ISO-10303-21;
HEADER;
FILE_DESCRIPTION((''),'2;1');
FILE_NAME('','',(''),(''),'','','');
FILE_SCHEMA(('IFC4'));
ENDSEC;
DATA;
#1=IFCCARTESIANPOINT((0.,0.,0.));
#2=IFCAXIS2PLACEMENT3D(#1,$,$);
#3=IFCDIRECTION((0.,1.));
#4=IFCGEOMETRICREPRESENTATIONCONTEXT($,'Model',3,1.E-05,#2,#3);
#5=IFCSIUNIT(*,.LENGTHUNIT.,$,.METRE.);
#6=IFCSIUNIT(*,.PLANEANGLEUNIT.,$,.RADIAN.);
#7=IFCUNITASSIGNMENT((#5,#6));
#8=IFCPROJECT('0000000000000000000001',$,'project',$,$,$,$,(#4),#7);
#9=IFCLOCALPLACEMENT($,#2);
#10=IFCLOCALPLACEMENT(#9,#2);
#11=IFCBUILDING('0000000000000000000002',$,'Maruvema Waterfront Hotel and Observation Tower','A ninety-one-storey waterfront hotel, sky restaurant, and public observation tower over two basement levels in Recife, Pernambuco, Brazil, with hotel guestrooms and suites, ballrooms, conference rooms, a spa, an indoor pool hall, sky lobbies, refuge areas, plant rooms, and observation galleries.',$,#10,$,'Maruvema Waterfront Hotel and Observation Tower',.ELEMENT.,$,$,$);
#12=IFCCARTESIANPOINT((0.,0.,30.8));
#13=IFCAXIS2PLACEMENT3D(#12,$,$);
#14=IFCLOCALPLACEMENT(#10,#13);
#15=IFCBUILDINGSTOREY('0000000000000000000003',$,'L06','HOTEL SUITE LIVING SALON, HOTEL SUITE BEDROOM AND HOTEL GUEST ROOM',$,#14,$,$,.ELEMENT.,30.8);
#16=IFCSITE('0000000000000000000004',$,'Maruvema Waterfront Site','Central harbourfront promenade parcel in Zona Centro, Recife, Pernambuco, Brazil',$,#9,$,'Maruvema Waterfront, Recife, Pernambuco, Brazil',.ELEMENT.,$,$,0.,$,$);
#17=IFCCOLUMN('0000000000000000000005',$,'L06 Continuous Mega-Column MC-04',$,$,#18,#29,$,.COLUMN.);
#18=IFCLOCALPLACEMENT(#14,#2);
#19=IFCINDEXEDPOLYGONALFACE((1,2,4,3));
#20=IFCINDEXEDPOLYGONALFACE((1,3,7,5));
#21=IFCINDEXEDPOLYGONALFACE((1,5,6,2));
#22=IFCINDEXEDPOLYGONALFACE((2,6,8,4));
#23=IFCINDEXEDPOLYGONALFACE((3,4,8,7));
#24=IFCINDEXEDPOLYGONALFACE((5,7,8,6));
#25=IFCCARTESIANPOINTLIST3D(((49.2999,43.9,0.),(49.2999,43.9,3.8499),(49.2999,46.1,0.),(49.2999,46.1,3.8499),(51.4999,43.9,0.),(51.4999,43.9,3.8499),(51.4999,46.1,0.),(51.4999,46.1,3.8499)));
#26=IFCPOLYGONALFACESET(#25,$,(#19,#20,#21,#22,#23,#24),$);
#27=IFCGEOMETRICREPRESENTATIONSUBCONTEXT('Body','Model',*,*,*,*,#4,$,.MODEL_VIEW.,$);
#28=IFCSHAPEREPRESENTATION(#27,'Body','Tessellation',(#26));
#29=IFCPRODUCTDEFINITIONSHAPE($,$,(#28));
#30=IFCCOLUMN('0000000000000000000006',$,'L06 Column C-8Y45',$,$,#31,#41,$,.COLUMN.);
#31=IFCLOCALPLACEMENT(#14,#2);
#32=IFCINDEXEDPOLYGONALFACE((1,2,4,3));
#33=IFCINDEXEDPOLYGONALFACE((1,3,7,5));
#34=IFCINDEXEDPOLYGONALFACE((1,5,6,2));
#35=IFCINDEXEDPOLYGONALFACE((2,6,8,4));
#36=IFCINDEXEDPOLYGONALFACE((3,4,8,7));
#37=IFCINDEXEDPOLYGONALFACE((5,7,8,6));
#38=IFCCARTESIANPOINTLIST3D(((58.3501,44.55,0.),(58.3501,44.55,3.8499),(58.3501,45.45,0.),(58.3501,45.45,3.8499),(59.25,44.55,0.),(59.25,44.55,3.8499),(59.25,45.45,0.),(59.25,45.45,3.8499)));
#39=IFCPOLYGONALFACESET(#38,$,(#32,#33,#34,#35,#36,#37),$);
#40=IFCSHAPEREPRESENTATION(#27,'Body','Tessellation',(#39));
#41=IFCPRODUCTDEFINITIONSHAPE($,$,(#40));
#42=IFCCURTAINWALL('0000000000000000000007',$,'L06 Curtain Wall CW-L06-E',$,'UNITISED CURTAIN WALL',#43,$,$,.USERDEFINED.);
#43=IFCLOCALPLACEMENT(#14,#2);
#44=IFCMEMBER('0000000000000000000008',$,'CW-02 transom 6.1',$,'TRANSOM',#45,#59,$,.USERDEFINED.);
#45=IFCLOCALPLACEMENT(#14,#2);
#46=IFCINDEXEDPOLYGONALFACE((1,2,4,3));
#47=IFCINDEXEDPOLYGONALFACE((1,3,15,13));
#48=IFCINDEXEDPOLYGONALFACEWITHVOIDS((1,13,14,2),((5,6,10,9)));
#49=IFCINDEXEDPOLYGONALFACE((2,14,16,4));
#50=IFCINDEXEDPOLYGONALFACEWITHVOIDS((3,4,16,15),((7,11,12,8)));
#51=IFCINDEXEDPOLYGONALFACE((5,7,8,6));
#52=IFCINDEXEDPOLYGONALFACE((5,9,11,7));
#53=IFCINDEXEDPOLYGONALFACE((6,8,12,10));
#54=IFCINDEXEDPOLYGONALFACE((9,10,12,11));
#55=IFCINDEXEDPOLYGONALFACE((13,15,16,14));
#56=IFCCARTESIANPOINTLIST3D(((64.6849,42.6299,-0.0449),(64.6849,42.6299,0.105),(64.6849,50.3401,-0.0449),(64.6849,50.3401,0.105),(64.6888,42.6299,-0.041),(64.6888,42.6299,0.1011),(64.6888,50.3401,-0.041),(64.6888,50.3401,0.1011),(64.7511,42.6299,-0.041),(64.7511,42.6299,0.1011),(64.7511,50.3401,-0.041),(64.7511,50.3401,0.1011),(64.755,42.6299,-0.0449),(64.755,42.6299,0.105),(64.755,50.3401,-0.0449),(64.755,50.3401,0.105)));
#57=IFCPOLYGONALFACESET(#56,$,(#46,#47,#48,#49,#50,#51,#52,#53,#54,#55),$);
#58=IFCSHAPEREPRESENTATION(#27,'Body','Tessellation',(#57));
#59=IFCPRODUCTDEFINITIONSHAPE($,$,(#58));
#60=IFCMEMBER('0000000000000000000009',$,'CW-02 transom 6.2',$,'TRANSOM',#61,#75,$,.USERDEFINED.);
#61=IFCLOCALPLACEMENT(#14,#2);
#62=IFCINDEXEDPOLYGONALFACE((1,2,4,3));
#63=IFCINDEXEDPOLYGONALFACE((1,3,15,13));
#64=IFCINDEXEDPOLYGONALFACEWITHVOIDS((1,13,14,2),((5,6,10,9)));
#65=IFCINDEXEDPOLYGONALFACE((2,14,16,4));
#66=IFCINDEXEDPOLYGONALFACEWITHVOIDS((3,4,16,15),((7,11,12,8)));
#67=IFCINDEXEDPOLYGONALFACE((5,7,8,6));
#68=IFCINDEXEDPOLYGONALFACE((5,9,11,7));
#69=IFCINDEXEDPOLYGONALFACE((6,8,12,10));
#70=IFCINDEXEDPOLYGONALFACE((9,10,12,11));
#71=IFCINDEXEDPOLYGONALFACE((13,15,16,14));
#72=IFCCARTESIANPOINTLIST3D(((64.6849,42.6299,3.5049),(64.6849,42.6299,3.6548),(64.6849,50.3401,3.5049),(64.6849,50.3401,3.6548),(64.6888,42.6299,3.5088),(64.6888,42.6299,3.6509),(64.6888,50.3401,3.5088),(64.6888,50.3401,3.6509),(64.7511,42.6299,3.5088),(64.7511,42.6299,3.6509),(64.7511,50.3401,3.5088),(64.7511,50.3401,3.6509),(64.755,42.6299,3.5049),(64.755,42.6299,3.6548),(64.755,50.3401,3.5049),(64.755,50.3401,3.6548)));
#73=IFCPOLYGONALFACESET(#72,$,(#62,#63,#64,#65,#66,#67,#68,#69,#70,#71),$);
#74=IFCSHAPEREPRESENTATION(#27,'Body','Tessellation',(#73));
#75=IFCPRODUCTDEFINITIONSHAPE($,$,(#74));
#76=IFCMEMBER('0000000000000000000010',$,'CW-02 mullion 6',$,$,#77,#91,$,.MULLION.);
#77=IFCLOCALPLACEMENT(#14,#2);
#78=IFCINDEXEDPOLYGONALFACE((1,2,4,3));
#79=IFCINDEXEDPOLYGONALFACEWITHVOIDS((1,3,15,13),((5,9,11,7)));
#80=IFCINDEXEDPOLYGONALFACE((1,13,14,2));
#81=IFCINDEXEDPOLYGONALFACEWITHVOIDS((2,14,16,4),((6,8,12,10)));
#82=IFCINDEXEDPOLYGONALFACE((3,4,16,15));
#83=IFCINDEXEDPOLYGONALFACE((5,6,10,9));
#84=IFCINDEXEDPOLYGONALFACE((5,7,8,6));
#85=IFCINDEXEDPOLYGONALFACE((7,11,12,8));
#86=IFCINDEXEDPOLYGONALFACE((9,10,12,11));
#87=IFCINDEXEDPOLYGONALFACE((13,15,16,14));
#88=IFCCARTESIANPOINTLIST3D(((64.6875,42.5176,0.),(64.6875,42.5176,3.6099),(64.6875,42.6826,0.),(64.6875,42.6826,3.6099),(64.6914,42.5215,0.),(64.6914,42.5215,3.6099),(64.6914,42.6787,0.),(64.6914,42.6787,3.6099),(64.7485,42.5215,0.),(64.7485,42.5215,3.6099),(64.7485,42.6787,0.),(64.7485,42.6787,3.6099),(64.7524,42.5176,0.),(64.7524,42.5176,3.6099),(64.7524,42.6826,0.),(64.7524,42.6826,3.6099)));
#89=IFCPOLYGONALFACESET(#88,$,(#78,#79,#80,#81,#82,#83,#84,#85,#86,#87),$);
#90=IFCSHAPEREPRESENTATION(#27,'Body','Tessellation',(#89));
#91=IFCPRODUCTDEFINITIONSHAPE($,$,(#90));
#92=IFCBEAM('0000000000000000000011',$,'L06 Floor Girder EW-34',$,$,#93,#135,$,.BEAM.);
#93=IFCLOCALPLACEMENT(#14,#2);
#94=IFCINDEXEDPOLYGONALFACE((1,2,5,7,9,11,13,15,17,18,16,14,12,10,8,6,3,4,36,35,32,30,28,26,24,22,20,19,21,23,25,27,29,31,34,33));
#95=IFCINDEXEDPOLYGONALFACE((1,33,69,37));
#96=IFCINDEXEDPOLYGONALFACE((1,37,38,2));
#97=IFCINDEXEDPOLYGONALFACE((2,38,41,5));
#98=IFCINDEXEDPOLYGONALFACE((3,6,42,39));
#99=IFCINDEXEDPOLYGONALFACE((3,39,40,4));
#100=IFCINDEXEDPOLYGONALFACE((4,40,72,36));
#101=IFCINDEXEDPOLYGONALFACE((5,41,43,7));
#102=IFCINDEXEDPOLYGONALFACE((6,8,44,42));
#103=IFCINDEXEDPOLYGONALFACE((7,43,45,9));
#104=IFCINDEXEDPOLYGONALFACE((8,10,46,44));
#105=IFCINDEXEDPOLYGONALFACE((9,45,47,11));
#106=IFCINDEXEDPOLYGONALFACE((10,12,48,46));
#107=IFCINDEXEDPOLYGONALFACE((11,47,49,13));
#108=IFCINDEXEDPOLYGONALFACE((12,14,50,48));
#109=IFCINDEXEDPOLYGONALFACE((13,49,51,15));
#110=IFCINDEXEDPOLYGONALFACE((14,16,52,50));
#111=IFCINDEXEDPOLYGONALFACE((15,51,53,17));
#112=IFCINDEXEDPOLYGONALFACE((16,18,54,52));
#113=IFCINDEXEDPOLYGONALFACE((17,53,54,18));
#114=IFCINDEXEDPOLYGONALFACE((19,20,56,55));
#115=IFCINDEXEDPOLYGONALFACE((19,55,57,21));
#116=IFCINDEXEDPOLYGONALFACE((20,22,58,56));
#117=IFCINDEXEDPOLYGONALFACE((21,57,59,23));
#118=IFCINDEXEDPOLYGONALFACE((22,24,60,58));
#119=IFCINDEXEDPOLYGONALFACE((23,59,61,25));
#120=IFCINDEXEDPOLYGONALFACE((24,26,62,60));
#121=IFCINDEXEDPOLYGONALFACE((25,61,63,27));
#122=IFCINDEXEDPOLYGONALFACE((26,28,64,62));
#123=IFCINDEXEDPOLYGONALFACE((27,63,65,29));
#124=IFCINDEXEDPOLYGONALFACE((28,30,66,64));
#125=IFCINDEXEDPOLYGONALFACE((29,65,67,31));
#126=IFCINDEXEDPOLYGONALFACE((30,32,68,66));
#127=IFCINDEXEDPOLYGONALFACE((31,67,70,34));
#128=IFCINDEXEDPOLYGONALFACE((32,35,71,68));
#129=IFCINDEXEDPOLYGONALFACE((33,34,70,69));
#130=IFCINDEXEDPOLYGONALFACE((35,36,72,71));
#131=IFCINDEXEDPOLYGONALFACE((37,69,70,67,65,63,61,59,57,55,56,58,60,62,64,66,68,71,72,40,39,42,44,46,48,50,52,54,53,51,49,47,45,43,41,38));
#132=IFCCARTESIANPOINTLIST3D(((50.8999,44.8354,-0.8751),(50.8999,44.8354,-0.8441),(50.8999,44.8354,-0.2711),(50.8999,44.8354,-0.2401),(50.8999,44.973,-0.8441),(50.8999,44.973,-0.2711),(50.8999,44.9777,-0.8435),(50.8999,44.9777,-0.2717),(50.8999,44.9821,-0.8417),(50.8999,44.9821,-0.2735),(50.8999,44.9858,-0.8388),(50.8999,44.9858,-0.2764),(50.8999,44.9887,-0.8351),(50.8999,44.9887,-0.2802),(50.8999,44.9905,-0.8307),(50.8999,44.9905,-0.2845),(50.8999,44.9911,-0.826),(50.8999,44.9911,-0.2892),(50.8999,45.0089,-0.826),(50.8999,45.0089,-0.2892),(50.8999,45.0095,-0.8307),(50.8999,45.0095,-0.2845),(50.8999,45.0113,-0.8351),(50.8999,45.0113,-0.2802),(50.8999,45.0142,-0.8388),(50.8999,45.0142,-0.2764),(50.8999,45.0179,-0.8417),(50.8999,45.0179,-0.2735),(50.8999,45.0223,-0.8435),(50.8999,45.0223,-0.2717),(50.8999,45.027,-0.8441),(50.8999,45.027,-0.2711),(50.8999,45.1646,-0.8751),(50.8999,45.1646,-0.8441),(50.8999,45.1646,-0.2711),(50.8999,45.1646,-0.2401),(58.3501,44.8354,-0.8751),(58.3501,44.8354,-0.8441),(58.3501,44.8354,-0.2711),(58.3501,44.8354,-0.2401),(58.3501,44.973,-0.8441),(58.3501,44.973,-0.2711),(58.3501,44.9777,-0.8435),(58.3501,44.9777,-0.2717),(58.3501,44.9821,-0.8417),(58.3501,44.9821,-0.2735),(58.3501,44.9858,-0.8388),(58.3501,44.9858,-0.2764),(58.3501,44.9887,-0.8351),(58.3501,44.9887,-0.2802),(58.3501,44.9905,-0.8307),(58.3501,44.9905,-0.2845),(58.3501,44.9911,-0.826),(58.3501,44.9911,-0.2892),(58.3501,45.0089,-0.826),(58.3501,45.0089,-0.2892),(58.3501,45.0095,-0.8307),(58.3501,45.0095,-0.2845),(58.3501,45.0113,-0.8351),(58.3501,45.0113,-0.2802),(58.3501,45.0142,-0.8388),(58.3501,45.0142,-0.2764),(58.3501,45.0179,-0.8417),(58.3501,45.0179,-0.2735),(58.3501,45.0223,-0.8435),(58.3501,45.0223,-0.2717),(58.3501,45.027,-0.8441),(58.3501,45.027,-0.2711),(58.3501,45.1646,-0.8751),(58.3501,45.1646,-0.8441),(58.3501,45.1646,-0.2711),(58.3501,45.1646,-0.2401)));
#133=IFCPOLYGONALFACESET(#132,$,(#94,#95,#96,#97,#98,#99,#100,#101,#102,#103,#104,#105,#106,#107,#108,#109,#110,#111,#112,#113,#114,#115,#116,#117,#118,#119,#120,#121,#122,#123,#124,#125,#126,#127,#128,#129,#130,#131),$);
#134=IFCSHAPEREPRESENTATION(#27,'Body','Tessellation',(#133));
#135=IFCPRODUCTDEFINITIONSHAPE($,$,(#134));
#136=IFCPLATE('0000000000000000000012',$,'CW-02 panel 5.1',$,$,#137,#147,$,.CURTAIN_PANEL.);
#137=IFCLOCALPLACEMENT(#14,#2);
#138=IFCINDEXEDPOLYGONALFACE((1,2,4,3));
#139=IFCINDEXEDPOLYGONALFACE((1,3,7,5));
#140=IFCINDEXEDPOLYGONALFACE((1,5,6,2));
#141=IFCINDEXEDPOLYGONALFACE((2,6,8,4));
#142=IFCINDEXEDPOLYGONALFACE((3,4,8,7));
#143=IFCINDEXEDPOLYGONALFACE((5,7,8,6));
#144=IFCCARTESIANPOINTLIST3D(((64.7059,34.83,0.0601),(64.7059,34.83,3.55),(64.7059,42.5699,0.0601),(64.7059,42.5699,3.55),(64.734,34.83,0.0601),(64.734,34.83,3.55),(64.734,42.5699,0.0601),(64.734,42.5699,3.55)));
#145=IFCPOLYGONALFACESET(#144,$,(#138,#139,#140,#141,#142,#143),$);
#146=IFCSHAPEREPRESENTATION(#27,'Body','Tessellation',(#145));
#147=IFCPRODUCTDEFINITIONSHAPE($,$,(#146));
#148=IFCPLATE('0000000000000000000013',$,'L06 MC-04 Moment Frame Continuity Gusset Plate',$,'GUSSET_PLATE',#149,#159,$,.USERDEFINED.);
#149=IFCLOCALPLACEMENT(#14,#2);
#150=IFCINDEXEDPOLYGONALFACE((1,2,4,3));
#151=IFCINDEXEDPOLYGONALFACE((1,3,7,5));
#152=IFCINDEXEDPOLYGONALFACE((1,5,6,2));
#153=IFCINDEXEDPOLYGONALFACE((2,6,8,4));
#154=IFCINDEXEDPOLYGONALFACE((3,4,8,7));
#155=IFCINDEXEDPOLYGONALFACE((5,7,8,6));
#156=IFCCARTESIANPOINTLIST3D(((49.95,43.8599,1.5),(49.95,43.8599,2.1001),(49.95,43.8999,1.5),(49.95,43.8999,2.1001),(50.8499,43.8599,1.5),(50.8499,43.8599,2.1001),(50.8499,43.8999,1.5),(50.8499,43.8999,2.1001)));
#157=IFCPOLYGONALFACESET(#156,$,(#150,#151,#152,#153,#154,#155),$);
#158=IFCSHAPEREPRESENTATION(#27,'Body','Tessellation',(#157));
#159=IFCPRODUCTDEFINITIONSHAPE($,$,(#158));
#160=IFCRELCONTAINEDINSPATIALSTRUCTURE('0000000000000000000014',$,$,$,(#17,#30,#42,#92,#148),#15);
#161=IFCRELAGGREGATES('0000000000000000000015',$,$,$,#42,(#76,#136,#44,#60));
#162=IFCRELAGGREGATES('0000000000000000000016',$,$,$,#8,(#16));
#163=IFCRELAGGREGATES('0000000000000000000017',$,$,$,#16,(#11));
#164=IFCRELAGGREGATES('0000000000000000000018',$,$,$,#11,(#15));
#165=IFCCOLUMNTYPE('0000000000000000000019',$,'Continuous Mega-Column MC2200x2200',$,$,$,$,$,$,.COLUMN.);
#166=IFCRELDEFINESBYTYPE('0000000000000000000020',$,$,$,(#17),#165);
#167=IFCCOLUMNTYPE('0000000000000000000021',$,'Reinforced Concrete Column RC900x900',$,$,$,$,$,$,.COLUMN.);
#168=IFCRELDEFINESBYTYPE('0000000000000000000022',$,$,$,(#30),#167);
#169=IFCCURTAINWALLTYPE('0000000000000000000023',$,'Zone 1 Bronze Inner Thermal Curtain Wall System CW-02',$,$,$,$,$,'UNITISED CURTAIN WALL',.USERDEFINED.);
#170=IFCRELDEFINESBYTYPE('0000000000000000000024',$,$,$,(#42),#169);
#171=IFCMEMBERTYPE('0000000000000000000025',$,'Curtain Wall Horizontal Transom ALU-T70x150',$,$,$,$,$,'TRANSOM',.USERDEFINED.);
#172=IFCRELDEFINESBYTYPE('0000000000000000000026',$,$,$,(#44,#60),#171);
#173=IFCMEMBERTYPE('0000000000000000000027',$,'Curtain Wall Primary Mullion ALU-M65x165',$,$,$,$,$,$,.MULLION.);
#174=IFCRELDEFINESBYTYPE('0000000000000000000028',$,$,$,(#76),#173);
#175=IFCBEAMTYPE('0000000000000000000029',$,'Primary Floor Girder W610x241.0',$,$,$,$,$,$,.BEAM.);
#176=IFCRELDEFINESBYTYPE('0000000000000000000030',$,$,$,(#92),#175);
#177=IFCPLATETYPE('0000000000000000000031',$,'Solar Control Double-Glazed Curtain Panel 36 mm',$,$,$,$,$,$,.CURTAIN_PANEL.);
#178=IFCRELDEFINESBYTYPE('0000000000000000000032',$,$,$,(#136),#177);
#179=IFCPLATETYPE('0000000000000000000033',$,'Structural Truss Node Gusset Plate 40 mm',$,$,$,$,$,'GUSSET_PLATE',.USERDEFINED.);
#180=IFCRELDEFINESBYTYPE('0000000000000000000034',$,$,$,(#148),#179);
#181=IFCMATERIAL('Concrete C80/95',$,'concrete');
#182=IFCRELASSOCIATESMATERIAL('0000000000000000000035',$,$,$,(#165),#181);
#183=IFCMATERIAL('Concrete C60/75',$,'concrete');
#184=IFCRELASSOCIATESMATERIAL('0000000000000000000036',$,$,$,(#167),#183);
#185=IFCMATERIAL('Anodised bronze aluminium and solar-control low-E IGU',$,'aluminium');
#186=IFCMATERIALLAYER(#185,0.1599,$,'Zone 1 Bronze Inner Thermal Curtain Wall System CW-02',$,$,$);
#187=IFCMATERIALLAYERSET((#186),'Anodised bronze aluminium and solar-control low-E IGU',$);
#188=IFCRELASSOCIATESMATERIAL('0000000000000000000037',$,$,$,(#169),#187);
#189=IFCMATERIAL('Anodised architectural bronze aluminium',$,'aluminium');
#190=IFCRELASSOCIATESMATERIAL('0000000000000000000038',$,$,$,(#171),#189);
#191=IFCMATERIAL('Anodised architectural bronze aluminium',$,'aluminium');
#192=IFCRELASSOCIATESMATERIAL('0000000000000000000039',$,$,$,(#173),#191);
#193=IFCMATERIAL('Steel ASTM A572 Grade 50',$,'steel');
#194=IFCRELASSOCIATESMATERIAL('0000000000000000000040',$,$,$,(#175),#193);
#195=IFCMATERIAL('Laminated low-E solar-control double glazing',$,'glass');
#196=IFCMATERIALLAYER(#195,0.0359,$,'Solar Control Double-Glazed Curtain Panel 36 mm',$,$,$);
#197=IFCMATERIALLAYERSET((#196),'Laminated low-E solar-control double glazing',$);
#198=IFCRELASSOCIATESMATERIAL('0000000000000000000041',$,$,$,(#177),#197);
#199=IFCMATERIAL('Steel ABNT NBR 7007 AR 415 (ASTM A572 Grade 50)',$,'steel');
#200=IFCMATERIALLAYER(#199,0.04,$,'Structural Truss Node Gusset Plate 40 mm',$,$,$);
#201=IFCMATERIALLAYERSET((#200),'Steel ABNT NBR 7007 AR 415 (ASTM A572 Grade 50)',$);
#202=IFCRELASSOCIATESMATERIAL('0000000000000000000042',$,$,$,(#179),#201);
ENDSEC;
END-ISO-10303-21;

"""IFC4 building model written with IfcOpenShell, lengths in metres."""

from ifc_helpers import new_model, si_unit, direction, frame, origin, origin_2d, place, context, subcontext, project, spatial, rectangle, hollow_rectangle, i_section, extrude, material, layer, layer_set, material_profile, profile_set, type_object, element, aggregate, save


model = new_model("IFC4")

# Units and contexts
model_context = context("Model", 3, precision=1e-05, world=origin(), true_north=direction((0.0, 1.0)))
body_context = subcontext(model_context, "Body", "Model", "MODEL_VIEW")
ifc_project = project(units=[si_unit("LENGTHUNIT", "METRE"), si_unit("PLANEANGLEUNIT", "RADIAN")], contexts=[model_context])

# Site, building, storey
site_placement = place(None, origin())
site = spatial("IfcSite", under=ifc_project, at=site_placement, Name="Maruvema Waterfront Site", Description="Central harbourfront promenade parcel in Zona Centro, Recife, Pernambuco, Brazil", LongName="Maruvema Waterfront, Recife, Pernambuco, Brazil", CompositionType="ELEMENT", RefElevation=0.0)
building_placement = place(site_placement, origin())
building = spatial("IfcBuilding", under=site, at=building_placement, Name="Maruvema Waterfront Hotel and Observation Tower", Description="A ninety-one-storey waterfront hotel, sky restaurant, and public observation tower over two basement levels in Recife, Pernambuco, Brazil, with hotel guestrooms and suites, ballrooms, conference rooms, a spa, an indoor pool hall, sky lobbies, refuge areas, plant rooms, and observation galleries.", LongName="Maruvema Waterfront Hotel and Observation Tower", CompositionType="ELEMENT")
storey_placement = place(building_placement, frame((0.0, 0.0, 30.8)))
storey = spatial("IfcBuildingStorey", under=building, at=storey_placement, Name="L06", Description="HOTEL SUITE LIVING SALON, HOTEL SUITE BEDROOM AND HOTEL GUEST ROOM", CompositionType="ELEMENT", Elevation=30.8)

# Columns
ifc_material_1 = material(Name="Concrete C80/95", Category="concrete")
ifc_material_profile_1 = material_profile(ifc_material_1, rectangle(XDim=2.2, YDim=2.2, at=origin_2d()), Name="MC2200x2200")
ifc_profile_set_1 = profile_set([ifc_material_profile_1], Name="Concrete C80/95")
column_type_1 = type_object("IfcColumnType", Name="Continuous Mega-Column MC2200x2200", PredefinedType="COLUMN", material=ifc_profile_set_1)
column_1_placement = place(storey_placement, frame((50.3999, 45.0, 0.0), z_axis=(0.0, 0.0, 1.0), x_axis=(1.0, 0.0, 0.0)))
element("IfcColumn", 1, at=column_1_placement, inside=storey, type_object=column_type_1, Name="L06 Continuous Mega-Column MC-04", PredefinedType="COLUMN", context=body_context, shape_type="SweptSolid", body=[
    extrude(rectangle(XDim=2.2, YDim=2.2, at=origin_2d()), origin(), (0.0, 0.0, 1.0), 3.8499),
])
ifc_material_2 = material(Name="Concrete C60/75", Category="concrete")
ifc_material_profile_2 = material_profile(ifc_material_2, rectangle(XDim=0.8999, YDim=0.8999, at=origin_2d()), Name="RC900x900")
ifc_profile_set_2 = profile_set([ifc_material_profile_2], Name="Concrete C60/75")
column_type_2 = type_object("IfcColumnType", Name="Reinforced Concrete Column RC900x900", PredefinedType="COLUMN", material=ifc_profile_set_2)
column_2_placement = place(storey_placement, frame((58.8, 45.0, 0.0), z_axis=(0.0, 0.0, 1.0), x_axis=(1.0, 0.0, 0.0)))
element("IfcColumn", 2, at=column_2_placement, inside=storey, type_object=column_type_2, Name="L06 Column C-8Y45", PredefinedType="COLUMN", context=body_context, shape_type="SweptSolid", body=[
    extrude(rectangle(XDim=0.8999, YDim=0.8999, at=origin_2d()), origin(), (0.0, 0.0, 1.0), 3.8499),
])

# Curtain wall, members
ifc_material_3 = material(Name="Anodised bronze aluminium and solar-control low-E IGU", Category="aluminium")
ifc_layer_1 = layer(ifc_material_3, 0.1599, Name="Zone 1 Bronze Inner Thermal Curtain Wall System CW-02")
ifc_layer_set_1 = layer_set([ifc_layer_1], Name="Anodised bronze aluminium and solar-control low-E IGU")
curtain_wall_type = type_object("IfcCurtainWallType", Name="Zone 1 Bronze Inner Thermal Curtain Wall System CW-02", ElementType="UNITISED CURTAIN WALL", PredefinedType="USERDEFINED", material=ifc_layer_set_1)
curtain_wall_placement = place(storey_placement, origin())
curtain_wall = element("IfcCurtainWall", 3, at=curtain_wall_placement, inside=storey, type_object=curtain_wall_type, Name="L06 Curtain Wall CW-L06-E", ObjectType="UNITISED CURTAIN WALL", PredefinedType="USERDEFINED")
ifc_material_4 = material(Name="Anodised architectural bronze aluminium", Category="aluminium")
ifc_material_profile_3 = material_profile(ifc_material_4, hollow_rectangle(XDim=0.0701, YDim=0.1499, WallThickness=0.0039, at=origin_2d()), Name="ALU-T70x150")
ifc_profile_set_3 = profile_set([ifc_material_profile_3], Name="Anodised architectural bronze aluminium")
member_type_1 = type_object("IfcMemberType", Name="Curtain Wall Horizontal Transom ALU-T70x150", ElementType="TRANSOM", PredefinedType="USERDEFINED", material=ifc_profile_set_3)
member_1_placement = place(storey_placement, frame((64.72, 42.6299, 0.03), z_axis=(0.0, 1.0, 0.0), x_axis=(-1.0, 0.0, 0.0)))
member_1 = element("IfcMember", 4, at=member_1_placement, type_object=member_type_1, Name="CW-02 transom 6.1", ObjectType="TRANSOM", PredefinedType="USERDEFINED", context=body_context, shape_type="SweptSolid", body=[
    extrude(hollow_rectangle(XDim=0.0701, YDim=0.1499, WallThickness=0.0039, at=origin_2d()), origin(), (0.0, 0.0, 1.0), 7.7102),
])
member_2_placement = place(storey_placement, frame((64.72, 42.6299, 3.5798), z_axis=(0.0, 1.0, 0.0), x_axis=(-1.0, 0.0, 0.0)))
member_2 = element("IfcMember", 5, at=member_2_placement, type_object=member_type_1, Name="CW-02 transom 6.2", ObjectType="TRANSOM", PredefinedType="USERDEFINED", context=body_context, shape_type="SweptSolid", body=[
    extrude(hollow_rectangle(XDim=0.0701, YDim=0.1499, WallThickness=0.0039, at=origin_2d()), origin(), (0.0, 0.0, 1.0), 7.7102),
])
ifc_material_5 = material(Name="Anodised architectural bronze aluminium", Category="aluminium")
ifc_material_profile_4 = material_profile(ifc_material_5, hollow_rectangle(XDim=0.0649, YDim=0.165, WallThickness=0.0039, at=origin_2d()), Name="ALU-M65x165")
ifc_profile_set_4 = profile_set([ifc_material_profile_4], Name="Anodised architectural bronze aluminium")
member_type_2 = type_object("IfcMemberType", Name="Curtain Wall Primary Mullion ALU-M65x165", PredefinedType="MULLION", material=ifc_profile_set_4)
member_3_placement = place(storey_placement, frame((64.72, 42.6001, 0.0), z_axis=(0.0, 0.0, 1.0), x_axis=(-1.0, 0.0, 0.0)))
member_3 = element("IfcMember", 6, at=member_3_placement, type_object=member_type_2, Name="CW-02 mullion 6", PredefinedType="MULLION", context=body_context, shape_type="SweptSolid", body=[
    extrude(hollow_rectangle(XDim=0.0649, YDim=0.165, WallThickness=0.0039, at=origin_2d()), origin(), (0.0, 0.0, 1.0), 3.6099),
])

# Beam
ifc_material_6 = material(Name="Steel ASTM A572 Grade 50", Category="steel")
ifc_material_profile_5 = material_profile(ifc_material_6, i_section(OverallWidth=0.3291, OverallDepth=0.635, WebThickness=0.0178, FlangeThickness=0.031, FilletRadius=0.0181, at=origin_2d()), Name="W610x241.0")
ifc_profile_set_5 = profile_set([ifc_material_profile_5], Name="Steel ASTM A572 Grade 50")
beam_type = type_object("IfcBeamType", Name="Primary Floor Girder W610x241.0", PredefinedType="BEAM", material=ifc_profile_set_5)
beam_placement = place(storey_placement, frame((50.8999, 45.0, -0.5576), z_axis=(1.0, 0.0, 0.0), x_axis=(0.0, 1.0, 0.0)))
element("IfcBeam", 7, at=beam_placement, inside=storey, type_object=beam_type, Name="L06 Floor Girder EW-34", PredefinedType="BEAM", context=body_context, shape_type="SweptSolid", body=[
    extrude(i_section(OverallWidth=0.3291, OverallDepth=0.635, WebThickness=0.0178, FlangeThickness=0.031, FilletRadius=0.0181, at=origin_2d()), origin(), (0.0, 0.0, 1.0), 7.4502),
])

# Plates
ifc_material_7 = material(Name="Laminated low-E solar-control double glazing", Category="glass")
ifc_layer_2 = layer(ifc_material_7, 0.0359, Name="Solar Control Double-Glazed Curtain Panel 36 mm")
ifc_layer_set_2 = layer_set([ifc_layer_2], Name="Laminated low-E solar-control double glazing")
plate_type_1 = type_object("IfcPlateType", Name="Solar Control Double-Glazed Curtain Panel 36 mm", PredefinedType="CURTAIN_PANEL", material=ifc_layer_set_2)
plate_1_placement = place(storey_placement, frame((64.72, 38.7, 0.0601), z_axis=(0.0, 0.0, 1.0), x_axis=(0.0, 1.0, 0.0)))
plate_1 = element("IfcPlate", 8, at=plate_1_placement, type_object=plate_type_1, Name="CW-02 panel 5.1", PredefinedType="CURTAIN_PANEL", context=body_context, shape_type="SweptSolid", body=[
    extrude(rectangle(XDim=7.74, YDim=0.0281, at=origin_2d()), origin(), (0.0, 0.0, 1.0), 3.49),
])
aggregate(curtain_wall, [member_3, plate_1, member_1, member_2])
ifc_material_8 = material(Name="Steel ABNT NBR 7007 AR 415 (ASTM A572 Grade 50)", Category="steel")
ifc_layer_3 = layer(ifc_material_8, 0.04, Name="Structural Truss Node Gusset Plate 40 mm")
ifc_layer_set_3 = layer_set([ifc_layer_3], Name="Steel ABNT NBR 7007 AR 415 (ASTM A572 Grade 50)")
plate_type_2 = type_object("IfcPlateType", Name="Structural Truss Node Gusset Plate 40 mm", ElementType="GUSSET_PLATE", PredefinedType="USERDEFINED", material=ifc_layer_set_3)
plate_2_placement = place(storey_placement, frame((50.3999, 43.8799, 1.5), z_axis=(0.0, 0.0, 1.0), x_axis=(1.0, 0.0, 0.0)))
element("IfcPlate", 9, at=plate_2_placement, inside=storey, type_object=plate_type_2, Name="L06 MC-04 Moment Frame Continuity Gusset Plate", ObjectType="GUSSET_PLATE", PredefinedType="USERDEFINED", context=body_context, shape_type="SweptSolid", body=[
    extrude(rectangle(XDim=0.8999, YDim=0.04, at=origin_2d()), origin(), (0.0, 0.0, 1.0), 0.6001),
])

save(model, "model.ifc")
